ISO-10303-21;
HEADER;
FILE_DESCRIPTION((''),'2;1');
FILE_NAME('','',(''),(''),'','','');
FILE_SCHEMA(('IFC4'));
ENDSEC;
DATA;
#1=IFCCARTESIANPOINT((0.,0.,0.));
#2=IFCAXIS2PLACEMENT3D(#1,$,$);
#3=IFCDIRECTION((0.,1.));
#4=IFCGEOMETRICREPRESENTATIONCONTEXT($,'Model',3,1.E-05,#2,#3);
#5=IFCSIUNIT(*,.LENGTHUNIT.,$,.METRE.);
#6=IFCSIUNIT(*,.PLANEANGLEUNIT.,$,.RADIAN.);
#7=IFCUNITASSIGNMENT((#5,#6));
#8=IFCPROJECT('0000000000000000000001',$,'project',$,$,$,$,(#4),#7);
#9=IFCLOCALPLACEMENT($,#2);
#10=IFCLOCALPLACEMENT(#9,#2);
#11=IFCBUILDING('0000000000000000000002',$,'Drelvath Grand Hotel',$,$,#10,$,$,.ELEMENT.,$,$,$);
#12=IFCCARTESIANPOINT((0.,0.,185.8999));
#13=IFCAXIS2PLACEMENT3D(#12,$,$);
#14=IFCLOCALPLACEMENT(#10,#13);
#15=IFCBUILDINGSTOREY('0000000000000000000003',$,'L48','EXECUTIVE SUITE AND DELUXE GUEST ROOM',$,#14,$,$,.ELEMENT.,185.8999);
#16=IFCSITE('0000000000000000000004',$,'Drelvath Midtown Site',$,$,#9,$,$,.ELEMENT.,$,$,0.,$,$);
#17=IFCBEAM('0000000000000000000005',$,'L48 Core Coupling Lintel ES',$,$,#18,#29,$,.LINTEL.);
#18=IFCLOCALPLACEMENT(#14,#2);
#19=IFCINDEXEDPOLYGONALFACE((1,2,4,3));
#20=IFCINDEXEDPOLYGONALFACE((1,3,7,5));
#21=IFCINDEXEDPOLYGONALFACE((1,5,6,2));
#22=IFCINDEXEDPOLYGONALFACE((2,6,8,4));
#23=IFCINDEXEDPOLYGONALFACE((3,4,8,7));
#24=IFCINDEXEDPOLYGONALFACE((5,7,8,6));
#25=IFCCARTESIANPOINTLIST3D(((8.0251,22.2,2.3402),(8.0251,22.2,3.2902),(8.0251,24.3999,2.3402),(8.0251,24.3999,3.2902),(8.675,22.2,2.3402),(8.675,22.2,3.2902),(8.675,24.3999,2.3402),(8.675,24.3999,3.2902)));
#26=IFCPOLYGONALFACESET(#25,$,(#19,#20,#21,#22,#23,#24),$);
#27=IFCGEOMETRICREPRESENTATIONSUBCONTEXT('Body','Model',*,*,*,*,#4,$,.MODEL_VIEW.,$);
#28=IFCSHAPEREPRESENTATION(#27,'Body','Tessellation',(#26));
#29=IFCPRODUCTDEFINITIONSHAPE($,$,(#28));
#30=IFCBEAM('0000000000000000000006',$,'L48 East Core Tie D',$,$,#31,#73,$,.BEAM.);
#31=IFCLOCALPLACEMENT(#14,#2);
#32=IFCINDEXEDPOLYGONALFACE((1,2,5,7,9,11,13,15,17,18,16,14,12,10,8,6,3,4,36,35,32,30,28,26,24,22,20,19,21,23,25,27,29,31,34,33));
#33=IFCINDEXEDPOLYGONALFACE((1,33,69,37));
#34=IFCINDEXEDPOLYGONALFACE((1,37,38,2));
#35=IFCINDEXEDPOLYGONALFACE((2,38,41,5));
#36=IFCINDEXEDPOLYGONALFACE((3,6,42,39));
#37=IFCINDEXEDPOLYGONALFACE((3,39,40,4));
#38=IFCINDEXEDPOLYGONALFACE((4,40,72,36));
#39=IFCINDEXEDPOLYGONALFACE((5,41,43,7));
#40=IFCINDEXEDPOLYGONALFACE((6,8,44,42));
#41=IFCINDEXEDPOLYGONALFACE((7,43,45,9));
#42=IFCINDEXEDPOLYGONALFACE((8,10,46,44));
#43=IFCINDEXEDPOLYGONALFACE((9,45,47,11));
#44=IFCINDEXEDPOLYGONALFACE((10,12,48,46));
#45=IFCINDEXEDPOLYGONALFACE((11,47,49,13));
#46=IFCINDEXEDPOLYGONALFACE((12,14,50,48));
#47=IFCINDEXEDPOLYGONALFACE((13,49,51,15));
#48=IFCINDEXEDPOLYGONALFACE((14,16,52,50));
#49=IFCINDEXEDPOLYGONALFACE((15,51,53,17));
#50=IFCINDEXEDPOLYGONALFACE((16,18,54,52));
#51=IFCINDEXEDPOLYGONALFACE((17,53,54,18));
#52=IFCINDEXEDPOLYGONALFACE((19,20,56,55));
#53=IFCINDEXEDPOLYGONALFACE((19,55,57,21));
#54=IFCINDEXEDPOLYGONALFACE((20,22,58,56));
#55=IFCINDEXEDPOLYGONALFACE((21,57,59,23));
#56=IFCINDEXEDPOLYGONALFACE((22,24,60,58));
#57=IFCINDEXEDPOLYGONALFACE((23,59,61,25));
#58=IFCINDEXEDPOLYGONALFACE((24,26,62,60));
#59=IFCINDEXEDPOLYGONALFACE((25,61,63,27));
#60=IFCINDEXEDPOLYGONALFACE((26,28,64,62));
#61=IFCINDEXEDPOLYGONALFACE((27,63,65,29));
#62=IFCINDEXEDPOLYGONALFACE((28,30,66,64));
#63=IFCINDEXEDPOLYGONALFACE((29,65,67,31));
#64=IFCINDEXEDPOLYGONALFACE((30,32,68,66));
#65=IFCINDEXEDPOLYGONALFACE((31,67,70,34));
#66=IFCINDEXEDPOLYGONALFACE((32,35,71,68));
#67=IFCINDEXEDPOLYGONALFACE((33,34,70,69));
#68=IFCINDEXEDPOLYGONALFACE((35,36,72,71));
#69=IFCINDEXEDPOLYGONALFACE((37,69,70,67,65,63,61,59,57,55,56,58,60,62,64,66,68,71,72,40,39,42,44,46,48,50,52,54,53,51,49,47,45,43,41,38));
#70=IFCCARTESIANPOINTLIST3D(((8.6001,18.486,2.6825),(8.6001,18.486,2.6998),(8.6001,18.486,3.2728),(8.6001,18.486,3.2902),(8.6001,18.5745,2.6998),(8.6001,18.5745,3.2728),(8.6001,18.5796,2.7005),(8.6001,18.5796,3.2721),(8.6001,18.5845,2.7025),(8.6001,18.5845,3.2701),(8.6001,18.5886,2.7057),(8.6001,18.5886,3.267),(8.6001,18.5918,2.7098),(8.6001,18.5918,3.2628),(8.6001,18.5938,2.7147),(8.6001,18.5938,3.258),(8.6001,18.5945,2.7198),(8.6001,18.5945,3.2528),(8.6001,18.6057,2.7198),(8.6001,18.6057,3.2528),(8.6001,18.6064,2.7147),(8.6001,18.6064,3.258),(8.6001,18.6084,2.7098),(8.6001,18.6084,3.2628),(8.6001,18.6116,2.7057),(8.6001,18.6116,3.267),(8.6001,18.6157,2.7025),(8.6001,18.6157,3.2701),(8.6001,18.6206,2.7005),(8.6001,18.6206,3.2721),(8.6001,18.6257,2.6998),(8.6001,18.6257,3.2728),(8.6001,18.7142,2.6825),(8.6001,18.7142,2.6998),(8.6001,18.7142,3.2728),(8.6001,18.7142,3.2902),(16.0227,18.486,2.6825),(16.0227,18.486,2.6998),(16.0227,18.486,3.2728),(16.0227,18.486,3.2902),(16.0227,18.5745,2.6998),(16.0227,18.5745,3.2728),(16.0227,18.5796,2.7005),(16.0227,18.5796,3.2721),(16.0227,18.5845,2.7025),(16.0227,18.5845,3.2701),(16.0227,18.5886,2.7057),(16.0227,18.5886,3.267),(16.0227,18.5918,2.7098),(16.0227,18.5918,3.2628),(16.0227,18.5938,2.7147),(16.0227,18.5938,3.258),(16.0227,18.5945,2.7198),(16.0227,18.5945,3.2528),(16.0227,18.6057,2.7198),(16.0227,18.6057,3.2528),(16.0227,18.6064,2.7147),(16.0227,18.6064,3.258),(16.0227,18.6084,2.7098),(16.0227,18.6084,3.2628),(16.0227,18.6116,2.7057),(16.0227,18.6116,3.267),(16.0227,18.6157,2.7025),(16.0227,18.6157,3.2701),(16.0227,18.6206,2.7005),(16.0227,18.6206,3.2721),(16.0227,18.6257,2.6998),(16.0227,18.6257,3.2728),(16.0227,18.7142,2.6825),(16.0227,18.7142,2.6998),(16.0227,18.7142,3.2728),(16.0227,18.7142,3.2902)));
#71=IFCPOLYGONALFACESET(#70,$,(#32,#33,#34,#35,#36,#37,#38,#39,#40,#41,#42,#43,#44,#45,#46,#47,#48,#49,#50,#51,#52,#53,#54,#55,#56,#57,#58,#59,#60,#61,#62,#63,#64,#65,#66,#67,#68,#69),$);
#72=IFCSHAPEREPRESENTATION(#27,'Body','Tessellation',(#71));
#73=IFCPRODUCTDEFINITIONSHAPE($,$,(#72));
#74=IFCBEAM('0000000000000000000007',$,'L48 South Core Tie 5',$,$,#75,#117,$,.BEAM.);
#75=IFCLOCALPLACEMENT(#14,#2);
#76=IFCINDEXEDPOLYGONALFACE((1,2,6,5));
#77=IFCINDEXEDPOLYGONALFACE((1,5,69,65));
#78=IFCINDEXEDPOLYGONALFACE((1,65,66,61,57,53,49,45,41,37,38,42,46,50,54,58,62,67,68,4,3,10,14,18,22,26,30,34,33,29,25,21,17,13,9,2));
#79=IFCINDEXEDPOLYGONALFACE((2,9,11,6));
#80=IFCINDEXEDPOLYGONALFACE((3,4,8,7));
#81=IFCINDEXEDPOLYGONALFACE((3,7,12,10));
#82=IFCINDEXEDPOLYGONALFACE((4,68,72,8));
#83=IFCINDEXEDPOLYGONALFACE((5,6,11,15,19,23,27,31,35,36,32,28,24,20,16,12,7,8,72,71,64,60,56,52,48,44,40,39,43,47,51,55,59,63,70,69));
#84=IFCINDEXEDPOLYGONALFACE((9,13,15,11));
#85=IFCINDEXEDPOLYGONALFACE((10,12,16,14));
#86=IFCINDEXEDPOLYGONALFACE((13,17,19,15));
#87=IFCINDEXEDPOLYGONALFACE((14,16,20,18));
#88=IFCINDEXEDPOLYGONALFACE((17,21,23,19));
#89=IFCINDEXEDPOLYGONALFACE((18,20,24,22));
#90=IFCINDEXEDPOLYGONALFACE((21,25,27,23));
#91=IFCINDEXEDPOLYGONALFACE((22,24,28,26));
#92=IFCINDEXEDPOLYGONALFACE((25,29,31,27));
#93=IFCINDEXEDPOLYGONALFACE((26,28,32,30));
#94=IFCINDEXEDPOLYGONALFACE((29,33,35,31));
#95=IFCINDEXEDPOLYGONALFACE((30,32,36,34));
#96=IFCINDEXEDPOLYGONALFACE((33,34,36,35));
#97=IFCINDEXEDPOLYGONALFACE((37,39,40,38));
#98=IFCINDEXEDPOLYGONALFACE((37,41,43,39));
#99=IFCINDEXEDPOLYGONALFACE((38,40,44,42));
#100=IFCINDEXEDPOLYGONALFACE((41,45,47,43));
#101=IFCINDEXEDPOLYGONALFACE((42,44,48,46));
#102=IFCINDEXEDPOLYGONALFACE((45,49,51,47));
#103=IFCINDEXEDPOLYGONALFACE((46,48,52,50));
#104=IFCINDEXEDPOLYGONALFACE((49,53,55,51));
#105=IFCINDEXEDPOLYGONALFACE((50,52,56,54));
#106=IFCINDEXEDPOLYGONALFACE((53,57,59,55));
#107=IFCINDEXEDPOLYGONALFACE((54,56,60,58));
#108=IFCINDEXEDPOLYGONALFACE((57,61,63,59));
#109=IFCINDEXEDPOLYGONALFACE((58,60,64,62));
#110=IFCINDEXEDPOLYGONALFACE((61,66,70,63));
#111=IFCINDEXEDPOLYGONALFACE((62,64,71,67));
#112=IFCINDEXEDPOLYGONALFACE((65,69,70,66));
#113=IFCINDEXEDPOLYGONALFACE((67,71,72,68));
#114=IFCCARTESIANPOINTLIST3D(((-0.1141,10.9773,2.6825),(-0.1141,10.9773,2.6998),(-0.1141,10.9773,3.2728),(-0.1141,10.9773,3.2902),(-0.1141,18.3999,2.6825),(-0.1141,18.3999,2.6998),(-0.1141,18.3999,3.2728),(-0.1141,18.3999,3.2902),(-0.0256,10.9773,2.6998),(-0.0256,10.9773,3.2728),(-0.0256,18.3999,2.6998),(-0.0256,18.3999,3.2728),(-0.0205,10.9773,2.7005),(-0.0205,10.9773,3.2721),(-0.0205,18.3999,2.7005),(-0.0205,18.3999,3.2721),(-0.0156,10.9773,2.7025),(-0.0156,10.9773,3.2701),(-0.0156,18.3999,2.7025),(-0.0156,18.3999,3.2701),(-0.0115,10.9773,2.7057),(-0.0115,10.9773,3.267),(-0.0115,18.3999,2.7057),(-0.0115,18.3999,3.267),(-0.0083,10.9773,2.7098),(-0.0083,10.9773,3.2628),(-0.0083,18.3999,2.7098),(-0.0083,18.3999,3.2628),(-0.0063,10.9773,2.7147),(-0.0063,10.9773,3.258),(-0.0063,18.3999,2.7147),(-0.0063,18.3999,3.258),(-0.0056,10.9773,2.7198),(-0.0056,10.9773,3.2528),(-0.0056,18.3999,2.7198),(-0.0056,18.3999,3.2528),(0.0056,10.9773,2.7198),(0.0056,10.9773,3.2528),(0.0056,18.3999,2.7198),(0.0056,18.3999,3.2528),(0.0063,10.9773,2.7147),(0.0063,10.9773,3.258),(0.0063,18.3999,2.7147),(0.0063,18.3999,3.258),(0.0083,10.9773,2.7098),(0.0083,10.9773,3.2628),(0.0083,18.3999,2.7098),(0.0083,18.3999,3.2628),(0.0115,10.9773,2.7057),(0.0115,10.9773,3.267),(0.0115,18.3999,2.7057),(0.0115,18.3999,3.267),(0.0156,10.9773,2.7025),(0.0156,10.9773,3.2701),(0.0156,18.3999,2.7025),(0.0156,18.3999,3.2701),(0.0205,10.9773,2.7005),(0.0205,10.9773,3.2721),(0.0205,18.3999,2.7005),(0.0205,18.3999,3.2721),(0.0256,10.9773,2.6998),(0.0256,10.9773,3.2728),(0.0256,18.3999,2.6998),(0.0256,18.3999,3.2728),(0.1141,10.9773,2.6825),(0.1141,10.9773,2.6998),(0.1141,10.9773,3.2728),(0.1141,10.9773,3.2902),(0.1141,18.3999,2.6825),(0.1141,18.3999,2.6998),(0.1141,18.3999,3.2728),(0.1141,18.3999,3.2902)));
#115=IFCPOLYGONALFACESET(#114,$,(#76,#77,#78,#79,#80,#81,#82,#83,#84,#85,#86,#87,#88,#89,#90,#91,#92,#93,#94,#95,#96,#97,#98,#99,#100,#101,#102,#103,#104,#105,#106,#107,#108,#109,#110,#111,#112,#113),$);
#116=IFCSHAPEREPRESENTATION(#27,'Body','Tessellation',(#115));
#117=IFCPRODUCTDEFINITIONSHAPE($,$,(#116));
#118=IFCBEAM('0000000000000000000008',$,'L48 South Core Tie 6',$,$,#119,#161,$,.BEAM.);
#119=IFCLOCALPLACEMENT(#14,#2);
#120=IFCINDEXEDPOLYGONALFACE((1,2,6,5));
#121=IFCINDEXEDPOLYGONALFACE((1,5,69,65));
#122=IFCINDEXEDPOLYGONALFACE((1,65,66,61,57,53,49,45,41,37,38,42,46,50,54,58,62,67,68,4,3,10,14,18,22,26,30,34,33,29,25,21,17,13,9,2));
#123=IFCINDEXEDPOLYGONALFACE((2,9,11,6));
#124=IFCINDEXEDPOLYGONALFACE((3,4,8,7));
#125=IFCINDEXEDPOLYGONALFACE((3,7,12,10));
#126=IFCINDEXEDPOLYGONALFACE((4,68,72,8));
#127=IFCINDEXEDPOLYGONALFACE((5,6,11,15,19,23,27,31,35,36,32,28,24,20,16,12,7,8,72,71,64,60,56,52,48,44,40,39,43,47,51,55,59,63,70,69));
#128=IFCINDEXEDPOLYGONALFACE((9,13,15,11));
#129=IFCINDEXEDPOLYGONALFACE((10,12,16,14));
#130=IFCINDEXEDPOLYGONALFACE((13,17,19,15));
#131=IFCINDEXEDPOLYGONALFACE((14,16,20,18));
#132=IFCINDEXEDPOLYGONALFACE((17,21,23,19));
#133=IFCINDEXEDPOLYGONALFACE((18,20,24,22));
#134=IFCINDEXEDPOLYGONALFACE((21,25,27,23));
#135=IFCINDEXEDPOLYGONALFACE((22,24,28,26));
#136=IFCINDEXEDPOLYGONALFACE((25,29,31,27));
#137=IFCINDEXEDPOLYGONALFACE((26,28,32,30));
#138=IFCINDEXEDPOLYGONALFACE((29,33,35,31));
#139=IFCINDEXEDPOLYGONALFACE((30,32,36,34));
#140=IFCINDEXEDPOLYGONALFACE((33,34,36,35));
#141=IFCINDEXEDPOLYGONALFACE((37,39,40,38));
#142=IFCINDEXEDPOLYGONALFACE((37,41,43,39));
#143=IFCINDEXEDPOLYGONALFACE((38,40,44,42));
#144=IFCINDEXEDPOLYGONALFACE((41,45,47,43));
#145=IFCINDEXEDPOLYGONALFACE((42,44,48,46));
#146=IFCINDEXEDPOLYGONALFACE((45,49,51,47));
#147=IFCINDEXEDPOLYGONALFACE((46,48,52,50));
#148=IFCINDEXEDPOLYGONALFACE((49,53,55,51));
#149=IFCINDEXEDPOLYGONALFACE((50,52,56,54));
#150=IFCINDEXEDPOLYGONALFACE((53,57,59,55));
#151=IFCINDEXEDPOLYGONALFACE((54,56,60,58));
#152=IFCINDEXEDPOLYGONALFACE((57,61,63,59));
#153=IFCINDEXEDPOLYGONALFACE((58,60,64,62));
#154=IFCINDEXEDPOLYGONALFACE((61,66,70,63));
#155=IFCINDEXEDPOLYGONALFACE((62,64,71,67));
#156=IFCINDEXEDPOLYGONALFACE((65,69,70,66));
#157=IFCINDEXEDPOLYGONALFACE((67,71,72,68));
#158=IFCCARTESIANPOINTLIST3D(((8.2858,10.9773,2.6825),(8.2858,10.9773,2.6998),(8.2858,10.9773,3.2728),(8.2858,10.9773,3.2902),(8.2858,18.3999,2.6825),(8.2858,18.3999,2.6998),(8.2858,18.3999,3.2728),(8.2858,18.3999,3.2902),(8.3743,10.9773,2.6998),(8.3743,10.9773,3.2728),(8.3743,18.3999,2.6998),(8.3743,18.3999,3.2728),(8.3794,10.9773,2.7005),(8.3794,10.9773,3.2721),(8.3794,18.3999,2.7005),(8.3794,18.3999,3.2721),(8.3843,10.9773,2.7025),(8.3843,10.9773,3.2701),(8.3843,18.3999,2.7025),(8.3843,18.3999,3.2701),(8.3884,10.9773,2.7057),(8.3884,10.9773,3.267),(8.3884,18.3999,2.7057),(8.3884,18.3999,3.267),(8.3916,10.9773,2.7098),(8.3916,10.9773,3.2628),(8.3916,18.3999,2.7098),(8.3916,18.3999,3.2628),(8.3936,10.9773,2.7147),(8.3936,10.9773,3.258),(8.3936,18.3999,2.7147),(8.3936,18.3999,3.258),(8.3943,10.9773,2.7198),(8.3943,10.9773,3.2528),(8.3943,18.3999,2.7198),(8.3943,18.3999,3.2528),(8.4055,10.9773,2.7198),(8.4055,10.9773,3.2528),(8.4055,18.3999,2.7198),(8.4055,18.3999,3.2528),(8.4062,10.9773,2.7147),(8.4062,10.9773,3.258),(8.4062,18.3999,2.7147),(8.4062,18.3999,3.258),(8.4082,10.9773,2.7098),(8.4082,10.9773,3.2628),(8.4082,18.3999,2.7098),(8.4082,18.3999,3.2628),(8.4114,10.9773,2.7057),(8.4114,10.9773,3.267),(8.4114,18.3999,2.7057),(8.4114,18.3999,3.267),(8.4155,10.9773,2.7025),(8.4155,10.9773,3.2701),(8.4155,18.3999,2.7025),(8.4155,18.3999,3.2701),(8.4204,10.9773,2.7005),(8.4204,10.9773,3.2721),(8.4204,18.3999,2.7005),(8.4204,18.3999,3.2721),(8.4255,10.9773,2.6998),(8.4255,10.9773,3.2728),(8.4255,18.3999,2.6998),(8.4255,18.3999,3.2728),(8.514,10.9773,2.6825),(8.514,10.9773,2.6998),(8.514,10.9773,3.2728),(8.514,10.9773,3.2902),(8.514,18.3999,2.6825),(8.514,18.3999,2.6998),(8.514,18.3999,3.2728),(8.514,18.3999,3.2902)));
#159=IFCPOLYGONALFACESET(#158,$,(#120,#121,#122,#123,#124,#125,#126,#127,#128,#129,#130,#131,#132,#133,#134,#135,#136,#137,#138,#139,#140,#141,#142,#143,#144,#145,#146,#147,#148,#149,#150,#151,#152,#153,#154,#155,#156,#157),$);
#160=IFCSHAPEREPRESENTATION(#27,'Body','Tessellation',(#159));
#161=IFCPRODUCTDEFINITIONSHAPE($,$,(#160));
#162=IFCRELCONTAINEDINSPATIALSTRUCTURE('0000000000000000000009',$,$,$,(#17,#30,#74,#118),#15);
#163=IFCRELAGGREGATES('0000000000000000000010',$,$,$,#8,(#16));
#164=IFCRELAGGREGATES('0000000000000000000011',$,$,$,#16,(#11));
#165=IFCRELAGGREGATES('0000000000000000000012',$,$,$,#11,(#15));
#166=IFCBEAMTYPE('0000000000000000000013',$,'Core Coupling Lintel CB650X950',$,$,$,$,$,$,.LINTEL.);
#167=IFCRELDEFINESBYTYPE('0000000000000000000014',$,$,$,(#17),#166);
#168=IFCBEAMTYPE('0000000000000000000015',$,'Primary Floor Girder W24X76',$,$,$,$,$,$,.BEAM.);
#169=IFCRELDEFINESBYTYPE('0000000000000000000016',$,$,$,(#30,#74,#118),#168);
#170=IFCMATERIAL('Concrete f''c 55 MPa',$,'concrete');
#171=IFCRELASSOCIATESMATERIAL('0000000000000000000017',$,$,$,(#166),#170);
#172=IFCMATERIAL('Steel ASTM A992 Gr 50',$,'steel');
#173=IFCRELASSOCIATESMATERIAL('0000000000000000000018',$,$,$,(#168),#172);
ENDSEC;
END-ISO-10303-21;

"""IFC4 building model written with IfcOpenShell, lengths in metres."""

from ifc_helpers import new_model, si_unit, direction, frame, origin, origin_2d, place, context, subcontext, project, spatial, rectangle, i_section, extrude, material, material_profile, profile_set, type_object, element, save


model = new_model("IFC4")

# Units and contexts
model_context = context("Model", 3, precision=1e-05, world=origin(), true_north=direction((0.0, 1.0)))
body_context = subcontext(model_context, "Body", "Model", "MODEL_VIEW")
ifc_project = project(units=[si_unit("LENGTHUNIT", "METRE"), si_unit("PLANEANGLEUNIT", "RADIAN")], contexts=[model_context])

# Site, building, storey
site_placement = place(None, origin())
site = spatial("IfcSite", under=ifc_project, at=site_placement, Name="Drelvath Midtown Site", CompositionType="ELEMENT", RefElevation=0.0)
building_placement = place(site_placement, origin())
building = spatial("IfcBuilding", under=site, at=building_placement, Name="Drelvath Grand Hotel", CompositionType="ELEMENT")
storey_placement = place(building_placement, frame((0.0, 0.0, 185.8999)))
storey = spatial("IfcBuildingStorey", under=building, at=storey_placement, Name="L48", Description="EXECUTIVE SUITE AND DELUXE GUEST ROOM", CompositionType="ELEMENT", Elevation=185.8999)

# Beams
ifc_material_1 = material(Name="Concrete f'c 55 MPa", Category="concrete")
ifc_material_profile_1 = material_profile(ifc_material_1, rectangle(XDim=0.6499, YDim=0.95, at=origin_2d()), Name="CB650X950")
ifc_profile_set_1 = profile_set([ifc_material_profile_1], Name="Concrete f'c 55 MPa")
beam_type_1 = type_object("IfcBeamType", Name="Core Coupling Lintel CB650X950", PredefinedType="LINTEL", material=ifc_profile_set_1)
beam_placement = place(storey_placement, frame((8.3501, 22.2, 2.8152), z_axis=(0.0, 1.0, 0.0), x_axis=(-1.0, 0.0, 0.0)))
element("IfcBeam", 1, at=beam_placement, inside=storey, type_object=beam_type_1, Name="L48 Core Coupling Lintel ES", PredefinedType="LINTEL", context=body_context, shape_type="SweptSolid", body=[
    extrude(rectangle(XDim=0.6499, YDim=0.95, at=origin_2d()), origin(), (0.0, 0.0, 1.0), 2.2),
])
ifc_material_2 = material(Name="Steel ASTM A992 Gr 50", Category="steel")
ifc_material_profile_2 = material_profile(ifc_material_2, i_section(OverallWidth=0.2283, OverallDepth=0.6077, WebThickness=0.0112, FlangeThickness=0.0173, FilletRadius=0.02, at=origin_2d()), Name="W24X76")
ifc_profile_set_2 = profile_set([ifc_material_profile_2], Name="Steel ASTM A992 Gr 50")
beam_type_2 = type_object("IfcBeamType", Name="Primary Floor Girder W24X76", PredefinedType="BEAM", material=ifc_profile_set_2)
for number, where, z_axis, x_axis, name in (
    (2, (8.6001, 18.6001, 2.9863), (1.0, 0.0, 0.0), (0.0, 1.0, 0.0), "L48 East Core Tie D"),
    (3, (0.0, 10.9773, 2.9863), (0.0, 1.0, 0.0), (-1.0, 0.0, 0.0), "L48 South Core Tie 5"),
    (4, (8.3999, 10.9773, 2.9863), (0.0, 1.0, 0.0), (-1.0, 0.0, 0.0), "L48 South Core Tie 6"),
):
    element("IfcBeam", number, at=place(storey_placement, frame(where, z_axis=z_axis, x_axis=x_axis)), inside=storey, type_object=beam_type_2, Name=name, PredefinedType="BEAM", context=body_context, shape_type="SweptSolid", body=[
        extrude(i_section(OverallWidth=0.2283, OverallDepth=0.6077, WebThickness=0.0112, FlangeThickness=0.0173, FilletRadius=0.02, at=origin_2d()), origin(), (0.0, 0.0, 1.0), 7.4226),
    ])

save(model, "model.ifc")
